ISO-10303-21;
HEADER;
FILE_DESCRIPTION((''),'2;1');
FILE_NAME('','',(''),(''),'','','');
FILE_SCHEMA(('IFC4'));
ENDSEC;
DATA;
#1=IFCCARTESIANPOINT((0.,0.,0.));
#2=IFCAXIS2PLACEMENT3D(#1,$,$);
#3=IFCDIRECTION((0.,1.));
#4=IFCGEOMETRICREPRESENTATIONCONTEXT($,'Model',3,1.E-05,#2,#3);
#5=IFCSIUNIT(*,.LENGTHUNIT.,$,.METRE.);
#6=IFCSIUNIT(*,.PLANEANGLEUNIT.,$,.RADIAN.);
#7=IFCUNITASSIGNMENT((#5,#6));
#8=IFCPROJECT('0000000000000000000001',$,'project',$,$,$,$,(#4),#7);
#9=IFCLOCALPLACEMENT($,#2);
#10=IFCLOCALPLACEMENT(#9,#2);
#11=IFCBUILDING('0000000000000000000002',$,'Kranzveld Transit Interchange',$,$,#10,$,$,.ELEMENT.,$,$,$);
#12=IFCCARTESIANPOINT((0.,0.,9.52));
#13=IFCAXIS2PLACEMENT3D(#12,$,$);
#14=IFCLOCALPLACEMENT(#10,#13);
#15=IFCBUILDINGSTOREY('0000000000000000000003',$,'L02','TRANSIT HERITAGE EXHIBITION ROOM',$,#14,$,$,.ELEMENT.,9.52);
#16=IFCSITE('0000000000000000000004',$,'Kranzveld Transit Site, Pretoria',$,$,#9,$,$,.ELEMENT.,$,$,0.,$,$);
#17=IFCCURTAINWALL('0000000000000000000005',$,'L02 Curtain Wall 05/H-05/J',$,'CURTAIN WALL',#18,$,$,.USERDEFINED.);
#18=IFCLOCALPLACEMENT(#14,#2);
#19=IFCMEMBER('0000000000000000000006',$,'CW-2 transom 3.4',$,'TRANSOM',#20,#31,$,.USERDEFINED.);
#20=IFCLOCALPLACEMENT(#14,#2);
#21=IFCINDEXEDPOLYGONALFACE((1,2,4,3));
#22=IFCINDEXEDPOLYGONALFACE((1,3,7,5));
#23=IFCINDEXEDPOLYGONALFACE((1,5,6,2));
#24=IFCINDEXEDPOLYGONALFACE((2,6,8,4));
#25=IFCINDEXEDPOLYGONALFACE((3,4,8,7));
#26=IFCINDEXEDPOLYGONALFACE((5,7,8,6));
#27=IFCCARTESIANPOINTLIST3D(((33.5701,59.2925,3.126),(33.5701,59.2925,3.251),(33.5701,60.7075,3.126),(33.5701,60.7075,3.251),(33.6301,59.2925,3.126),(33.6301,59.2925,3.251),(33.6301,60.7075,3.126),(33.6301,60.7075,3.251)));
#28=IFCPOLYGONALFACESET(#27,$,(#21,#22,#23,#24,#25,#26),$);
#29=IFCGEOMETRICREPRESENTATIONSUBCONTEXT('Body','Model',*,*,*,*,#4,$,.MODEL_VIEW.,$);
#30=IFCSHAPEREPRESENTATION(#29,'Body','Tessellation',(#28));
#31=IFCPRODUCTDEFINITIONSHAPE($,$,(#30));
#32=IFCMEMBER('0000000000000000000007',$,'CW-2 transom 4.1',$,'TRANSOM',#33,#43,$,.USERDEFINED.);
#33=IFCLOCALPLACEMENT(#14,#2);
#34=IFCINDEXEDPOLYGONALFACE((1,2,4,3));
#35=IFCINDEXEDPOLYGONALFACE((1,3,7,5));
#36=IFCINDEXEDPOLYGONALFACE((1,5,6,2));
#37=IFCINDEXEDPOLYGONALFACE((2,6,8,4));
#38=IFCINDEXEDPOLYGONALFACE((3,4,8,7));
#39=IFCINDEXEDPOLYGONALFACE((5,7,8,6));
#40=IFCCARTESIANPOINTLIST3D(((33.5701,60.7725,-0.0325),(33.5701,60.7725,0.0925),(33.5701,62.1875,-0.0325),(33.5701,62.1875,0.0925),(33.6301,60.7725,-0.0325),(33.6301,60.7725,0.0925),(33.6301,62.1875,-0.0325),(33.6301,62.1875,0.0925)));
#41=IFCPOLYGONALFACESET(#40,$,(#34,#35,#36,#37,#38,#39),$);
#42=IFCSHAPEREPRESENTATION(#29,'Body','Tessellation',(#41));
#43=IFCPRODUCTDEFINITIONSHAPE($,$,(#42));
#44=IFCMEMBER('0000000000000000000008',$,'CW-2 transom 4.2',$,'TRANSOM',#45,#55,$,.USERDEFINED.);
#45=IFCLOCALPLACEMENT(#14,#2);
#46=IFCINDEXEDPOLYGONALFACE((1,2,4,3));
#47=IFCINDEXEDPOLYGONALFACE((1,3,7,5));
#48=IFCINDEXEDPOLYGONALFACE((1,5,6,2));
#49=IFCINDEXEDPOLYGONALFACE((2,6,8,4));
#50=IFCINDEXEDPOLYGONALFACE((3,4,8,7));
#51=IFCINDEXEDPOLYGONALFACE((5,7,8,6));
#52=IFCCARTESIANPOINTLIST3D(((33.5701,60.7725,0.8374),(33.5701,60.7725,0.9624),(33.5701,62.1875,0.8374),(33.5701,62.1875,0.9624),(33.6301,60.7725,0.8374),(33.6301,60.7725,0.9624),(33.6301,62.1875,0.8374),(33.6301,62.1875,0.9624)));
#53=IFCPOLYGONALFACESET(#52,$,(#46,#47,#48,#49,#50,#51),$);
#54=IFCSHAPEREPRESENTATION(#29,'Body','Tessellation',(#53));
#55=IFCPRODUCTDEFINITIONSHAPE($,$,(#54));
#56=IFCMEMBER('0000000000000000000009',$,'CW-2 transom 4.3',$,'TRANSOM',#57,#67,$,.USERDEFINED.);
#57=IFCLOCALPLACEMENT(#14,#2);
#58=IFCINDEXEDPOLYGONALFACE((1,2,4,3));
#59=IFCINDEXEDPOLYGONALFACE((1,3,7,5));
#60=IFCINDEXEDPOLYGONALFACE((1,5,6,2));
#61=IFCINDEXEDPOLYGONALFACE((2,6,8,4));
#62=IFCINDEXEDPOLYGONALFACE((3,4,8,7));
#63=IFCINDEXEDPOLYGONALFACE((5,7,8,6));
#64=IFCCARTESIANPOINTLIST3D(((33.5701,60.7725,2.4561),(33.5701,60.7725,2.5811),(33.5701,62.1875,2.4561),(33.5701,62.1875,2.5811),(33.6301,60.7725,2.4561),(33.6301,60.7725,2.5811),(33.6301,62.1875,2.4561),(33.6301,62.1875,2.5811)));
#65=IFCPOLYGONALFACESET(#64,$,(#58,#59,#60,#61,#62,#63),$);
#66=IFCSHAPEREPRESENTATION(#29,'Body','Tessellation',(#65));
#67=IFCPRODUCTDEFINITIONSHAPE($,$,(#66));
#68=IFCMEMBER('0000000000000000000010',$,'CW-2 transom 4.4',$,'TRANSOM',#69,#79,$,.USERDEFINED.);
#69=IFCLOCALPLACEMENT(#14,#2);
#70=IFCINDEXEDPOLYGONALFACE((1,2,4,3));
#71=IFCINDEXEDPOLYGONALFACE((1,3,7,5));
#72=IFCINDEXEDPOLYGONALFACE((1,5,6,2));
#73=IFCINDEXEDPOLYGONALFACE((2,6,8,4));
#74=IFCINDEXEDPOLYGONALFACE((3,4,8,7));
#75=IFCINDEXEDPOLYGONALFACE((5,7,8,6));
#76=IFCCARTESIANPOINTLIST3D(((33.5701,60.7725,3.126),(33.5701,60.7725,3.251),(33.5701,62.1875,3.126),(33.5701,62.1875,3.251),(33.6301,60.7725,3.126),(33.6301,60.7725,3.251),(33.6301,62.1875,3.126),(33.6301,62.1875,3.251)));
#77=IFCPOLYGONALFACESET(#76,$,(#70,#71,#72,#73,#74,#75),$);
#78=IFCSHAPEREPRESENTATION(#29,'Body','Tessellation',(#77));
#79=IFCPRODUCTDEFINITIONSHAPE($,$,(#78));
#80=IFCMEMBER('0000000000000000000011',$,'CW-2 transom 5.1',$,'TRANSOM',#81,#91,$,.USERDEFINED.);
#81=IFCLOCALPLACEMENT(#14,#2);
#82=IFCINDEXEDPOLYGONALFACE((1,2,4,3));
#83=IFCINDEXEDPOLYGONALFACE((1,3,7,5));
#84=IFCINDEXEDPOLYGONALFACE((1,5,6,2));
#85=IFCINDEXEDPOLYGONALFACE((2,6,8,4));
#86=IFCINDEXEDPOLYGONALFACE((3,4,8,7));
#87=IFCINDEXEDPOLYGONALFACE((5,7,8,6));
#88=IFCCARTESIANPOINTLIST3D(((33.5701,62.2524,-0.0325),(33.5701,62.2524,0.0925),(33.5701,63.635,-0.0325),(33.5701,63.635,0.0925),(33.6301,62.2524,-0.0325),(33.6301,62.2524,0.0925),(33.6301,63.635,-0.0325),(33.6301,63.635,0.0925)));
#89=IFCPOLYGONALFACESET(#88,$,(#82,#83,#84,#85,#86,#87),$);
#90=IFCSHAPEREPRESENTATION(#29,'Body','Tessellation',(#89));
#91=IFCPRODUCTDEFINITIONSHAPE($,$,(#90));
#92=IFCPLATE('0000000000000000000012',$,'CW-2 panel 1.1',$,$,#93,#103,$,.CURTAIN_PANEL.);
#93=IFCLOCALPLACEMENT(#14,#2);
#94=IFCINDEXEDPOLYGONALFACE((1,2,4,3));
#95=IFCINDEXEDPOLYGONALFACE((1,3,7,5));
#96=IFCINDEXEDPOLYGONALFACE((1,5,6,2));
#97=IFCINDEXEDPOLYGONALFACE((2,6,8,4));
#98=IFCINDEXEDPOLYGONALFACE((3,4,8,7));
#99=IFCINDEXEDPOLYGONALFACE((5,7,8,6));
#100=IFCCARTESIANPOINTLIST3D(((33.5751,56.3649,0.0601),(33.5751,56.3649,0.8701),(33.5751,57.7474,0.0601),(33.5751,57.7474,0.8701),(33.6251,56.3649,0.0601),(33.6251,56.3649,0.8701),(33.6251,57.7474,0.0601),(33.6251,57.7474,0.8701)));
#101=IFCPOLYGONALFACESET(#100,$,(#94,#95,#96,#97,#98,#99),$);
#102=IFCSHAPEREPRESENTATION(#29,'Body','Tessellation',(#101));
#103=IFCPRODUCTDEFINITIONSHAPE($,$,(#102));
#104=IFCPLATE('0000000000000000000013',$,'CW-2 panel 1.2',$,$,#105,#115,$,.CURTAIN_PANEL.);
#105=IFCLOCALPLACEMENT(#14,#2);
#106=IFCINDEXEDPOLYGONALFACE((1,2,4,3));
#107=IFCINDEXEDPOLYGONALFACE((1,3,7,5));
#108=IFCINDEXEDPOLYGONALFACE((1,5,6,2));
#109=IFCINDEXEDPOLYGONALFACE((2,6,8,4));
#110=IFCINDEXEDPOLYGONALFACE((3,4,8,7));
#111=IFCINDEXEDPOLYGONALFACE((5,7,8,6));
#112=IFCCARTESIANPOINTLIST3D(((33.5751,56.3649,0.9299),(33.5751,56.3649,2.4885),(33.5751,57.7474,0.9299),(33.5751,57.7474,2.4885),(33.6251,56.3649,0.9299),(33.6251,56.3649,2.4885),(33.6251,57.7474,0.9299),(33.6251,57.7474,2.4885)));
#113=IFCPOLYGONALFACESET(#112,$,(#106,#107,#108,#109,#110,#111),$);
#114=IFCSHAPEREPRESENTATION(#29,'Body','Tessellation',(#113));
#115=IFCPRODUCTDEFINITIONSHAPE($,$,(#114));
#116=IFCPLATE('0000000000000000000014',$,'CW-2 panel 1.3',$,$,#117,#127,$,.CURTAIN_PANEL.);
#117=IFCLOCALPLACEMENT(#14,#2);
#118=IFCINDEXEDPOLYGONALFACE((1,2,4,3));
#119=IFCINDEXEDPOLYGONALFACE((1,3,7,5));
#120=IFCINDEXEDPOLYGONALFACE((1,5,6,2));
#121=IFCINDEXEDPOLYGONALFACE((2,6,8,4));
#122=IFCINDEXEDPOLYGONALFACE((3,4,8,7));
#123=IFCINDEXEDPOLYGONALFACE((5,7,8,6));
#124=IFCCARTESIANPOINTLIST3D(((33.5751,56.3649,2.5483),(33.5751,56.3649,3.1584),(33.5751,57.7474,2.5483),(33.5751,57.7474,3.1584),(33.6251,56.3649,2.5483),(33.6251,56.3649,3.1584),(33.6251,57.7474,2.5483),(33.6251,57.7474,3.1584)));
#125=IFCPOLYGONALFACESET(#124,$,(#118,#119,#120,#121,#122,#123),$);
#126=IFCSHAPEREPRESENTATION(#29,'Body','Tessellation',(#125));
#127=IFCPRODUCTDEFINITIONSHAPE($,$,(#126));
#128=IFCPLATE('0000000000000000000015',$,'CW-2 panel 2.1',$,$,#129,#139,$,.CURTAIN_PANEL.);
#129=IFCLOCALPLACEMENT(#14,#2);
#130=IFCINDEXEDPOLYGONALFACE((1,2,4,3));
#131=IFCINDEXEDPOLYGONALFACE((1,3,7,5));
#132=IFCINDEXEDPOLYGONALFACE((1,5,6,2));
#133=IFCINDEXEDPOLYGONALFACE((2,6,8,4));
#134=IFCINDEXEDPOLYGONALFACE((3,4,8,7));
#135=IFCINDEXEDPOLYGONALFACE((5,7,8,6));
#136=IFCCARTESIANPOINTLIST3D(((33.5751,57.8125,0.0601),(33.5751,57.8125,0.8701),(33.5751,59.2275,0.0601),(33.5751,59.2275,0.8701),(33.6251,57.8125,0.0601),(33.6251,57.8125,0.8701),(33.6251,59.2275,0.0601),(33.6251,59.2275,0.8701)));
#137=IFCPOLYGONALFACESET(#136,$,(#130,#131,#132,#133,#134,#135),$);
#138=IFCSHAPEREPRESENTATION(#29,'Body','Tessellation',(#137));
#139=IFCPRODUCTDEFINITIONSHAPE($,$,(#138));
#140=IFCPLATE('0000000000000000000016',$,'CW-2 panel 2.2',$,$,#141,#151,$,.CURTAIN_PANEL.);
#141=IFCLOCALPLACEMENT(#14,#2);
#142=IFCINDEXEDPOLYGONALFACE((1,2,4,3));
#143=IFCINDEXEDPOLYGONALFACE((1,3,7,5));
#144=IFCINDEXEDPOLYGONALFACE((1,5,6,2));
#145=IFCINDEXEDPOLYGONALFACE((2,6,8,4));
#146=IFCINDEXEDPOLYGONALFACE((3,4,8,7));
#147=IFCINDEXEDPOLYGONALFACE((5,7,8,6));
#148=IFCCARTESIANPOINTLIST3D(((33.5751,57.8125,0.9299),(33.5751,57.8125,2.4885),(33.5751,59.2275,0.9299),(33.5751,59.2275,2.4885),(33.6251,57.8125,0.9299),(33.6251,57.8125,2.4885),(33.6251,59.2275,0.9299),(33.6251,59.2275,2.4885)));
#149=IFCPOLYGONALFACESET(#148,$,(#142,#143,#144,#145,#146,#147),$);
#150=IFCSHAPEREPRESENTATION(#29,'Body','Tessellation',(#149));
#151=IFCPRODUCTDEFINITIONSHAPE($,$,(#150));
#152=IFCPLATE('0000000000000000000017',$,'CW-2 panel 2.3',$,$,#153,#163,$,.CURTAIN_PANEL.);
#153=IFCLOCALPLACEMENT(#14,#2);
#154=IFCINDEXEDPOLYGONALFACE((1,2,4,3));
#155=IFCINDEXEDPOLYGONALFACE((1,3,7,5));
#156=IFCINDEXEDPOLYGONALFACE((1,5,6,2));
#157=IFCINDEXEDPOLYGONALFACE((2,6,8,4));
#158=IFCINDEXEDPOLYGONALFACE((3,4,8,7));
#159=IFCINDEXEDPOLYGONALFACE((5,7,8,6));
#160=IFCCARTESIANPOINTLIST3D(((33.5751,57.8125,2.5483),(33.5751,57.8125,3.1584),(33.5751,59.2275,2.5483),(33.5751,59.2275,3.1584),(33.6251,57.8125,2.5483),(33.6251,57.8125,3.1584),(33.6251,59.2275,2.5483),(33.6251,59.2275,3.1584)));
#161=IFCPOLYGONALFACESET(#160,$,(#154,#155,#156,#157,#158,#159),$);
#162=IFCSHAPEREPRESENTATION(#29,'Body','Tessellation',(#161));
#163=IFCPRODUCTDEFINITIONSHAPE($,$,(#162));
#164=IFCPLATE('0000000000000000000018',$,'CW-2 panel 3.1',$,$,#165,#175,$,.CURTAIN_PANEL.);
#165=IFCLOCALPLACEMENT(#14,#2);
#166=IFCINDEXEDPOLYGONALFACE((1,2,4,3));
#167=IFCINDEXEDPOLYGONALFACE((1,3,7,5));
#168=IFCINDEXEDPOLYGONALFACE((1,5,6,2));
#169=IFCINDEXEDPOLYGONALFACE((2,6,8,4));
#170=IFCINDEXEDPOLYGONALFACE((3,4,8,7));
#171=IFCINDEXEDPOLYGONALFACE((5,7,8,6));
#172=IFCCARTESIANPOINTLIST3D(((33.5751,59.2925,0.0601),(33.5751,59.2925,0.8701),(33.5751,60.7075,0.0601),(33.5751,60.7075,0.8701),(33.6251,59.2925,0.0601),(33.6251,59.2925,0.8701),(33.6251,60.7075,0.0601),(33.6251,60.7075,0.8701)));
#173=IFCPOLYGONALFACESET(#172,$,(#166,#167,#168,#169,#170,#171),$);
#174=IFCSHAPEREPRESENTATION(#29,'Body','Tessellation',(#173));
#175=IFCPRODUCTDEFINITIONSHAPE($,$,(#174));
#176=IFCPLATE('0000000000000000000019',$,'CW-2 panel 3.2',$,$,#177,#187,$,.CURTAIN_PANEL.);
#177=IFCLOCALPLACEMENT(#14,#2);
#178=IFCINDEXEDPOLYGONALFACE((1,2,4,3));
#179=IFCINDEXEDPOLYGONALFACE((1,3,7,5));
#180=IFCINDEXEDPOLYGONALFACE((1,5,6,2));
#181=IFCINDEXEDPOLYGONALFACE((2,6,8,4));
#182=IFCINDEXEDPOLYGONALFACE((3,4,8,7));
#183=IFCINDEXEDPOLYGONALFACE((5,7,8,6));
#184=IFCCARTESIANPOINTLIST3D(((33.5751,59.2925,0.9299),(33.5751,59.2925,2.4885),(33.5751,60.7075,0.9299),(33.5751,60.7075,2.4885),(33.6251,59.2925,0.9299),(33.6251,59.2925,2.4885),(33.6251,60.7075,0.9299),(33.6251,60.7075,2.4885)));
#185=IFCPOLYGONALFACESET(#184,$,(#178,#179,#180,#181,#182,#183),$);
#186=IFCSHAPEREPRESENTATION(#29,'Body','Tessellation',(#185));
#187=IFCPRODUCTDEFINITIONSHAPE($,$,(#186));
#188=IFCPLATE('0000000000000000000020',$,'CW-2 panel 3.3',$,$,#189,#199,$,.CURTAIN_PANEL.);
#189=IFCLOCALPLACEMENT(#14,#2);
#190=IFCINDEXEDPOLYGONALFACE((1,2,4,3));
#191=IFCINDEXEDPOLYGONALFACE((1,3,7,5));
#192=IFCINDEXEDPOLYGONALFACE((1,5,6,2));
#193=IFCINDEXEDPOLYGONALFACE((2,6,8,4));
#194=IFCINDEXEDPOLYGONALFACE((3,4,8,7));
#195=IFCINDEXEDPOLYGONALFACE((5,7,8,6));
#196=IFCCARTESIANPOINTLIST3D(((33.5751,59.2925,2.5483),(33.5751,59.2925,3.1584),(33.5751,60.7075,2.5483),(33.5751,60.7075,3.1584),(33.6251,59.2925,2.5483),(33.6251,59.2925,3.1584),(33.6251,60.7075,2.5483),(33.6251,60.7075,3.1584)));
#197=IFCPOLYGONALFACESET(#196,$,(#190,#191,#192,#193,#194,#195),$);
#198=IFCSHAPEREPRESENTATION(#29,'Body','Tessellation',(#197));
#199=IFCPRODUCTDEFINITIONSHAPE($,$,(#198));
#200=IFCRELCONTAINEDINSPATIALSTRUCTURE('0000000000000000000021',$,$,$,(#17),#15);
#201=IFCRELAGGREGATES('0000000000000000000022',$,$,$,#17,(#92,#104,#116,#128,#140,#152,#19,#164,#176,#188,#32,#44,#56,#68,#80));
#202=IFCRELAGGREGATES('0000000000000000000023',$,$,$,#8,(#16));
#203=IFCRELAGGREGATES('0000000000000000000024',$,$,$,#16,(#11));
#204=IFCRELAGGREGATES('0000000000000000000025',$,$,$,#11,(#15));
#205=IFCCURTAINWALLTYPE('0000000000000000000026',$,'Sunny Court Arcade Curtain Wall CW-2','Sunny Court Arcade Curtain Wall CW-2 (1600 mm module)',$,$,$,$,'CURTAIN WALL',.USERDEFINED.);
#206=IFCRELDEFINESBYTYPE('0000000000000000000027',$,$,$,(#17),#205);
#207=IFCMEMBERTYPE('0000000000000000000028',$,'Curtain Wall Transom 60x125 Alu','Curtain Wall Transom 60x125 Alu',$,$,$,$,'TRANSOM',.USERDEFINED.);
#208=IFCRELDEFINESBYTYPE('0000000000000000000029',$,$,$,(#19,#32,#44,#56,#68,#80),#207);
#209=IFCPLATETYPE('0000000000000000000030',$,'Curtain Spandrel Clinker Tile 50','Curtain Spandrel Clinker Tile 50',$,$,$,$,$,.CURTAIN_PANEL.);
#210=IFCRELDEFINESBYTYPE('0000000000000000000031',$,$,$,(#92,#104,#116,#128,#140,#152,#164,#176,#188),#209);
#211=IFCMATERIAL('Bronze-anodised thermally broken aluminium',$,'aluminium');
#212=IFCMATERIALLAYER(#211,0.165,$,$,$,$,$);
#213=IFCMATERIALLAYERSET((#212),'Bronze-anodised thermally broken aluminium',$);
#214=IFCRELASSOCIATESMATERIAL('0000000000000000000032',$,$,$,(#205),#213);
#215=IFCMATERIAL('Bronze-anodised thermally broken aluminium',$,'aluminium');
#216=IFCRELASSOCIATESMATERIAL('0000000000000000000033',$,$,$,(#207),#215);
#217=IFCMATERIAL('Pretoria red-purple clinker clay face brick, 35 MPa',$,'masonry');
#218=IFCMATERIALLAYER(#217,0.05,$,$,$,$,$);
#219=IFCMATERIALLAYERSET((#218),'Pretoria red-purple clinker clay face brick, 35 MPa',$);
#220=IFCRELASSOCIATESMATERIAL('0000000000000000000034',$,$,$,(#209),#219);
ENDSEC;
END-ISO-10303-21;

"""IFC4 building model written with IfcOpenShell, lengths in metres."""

from ifc_helpers import new_model, si_unit, direction, frame, origin, origin_2d, place, context, subcontext, project, spatial, rectangle, extrude, material, layer, layer_set, material_profile, profile_set, type_object, element, aggregate, save


model = new_model("IFC4")

# Units and contexts
model_context = context("Model", 3, precision=1e-05, world=origin(), true_north=direction((0.0, 1.0)))
body_context = subcontext(model_context, "Body", "Model", "MODEL_VIEW")
ifc_project = project(units=[si_unit("LENGTHUNIT", "METRE"), si_unit("PLANEANGLEUNIT", "RADIAN")], contexts=[model_context])

# Site, building, storey
site_placement = place(None, origin())
site = spatial("IfcSite", under=ifc_project, at=site_placement, Name="Kranzveld Transit Site, Pretoria", CompositionType="ELEMENT", RefElevation=0.0)
building_placement = place(site_placement, origin())
building = spatial("IfcBuilding", under=site, at=building_placement, Name="Kranzveld Transit Interchange", CompositionType="ELEMENT")
storey_placement = place(building_placement, frame((0.0, 0.0, 9.52)))
storey = spatial("IfcBuildingStorey", under=building, at=storey_placement, Name="L02", Description="TRANSIT HERITAGE EXHIBITION ROOM", CompositionType="ELEMENT", Elevation=9.52)

# Curtain wall, members, plates
ifc_material_1 = material(Name="Bronze-anodised thermally broken aluminium", Category="aluminium")
ifc_layer_1 = layer(ifc_material_1, 0.165)
ifc_layer_set_1 = layer_set([ifc_layer_1], Name="Bronze-anodised thermally broken aluminium")
curtain_wall_type = type_object("IfcCurtainWallType", Name="Sunny Court Arcade Curtain Wall CW-2", Description="Sunny Court Arcade Curtain Wall CW-2 (1600 mm module)", ElementType="CURTAIN WALL", PredefinedType="USERDEFINED", material=ifc_layer_set_1)
curtain_wall_placement = place(storey_placement, origin())
curtain_wall = element("IfcCurtainWall", 1, at=curtain_wall_placement, inside=storey, type_object=curtain_wall_type, Name="L02 Curtain Wall 05/H-05/J", ObjectType="CURTAIN WALL", PredefinedType="USERDEFINED")
ifc_material_2 = material(Name="Bronze-anodised thermally broken aluminium", Category="aluminium")
ifc_material_profile_1 = material_profile(ifc_material_2, rectangle(XDim=0.0601, YDim=0.125, at=origin_2d()), Name="ALU TRANSOM 60x125")
ifc_profile_set_1 = profile_set([ifc_material_profile_1], Name="Bronze-anodised thermally broken aluminium")
member_type_1 = type_object("IfcMemberType", Name="Curtain Wall Transom 60x125 Alu", Description="Curtain Wall Transom 60x125 Alu", ElementType="TRANSOM", PredefinedType="USERDEFINED", material=ifc_profile_set_1)
member_1_placement = place(storey_placement, frame((33.6001, 59.2925, 3.1885), z_axis=(0.0, 1.0, 0.0), x_axis=(-1.0, 0.0, 0.0)))
member_1 = element("IfcMember", 2, at=member_1_placement, type_object=member_type_1, Name="CW-2 transom 3.4", ObjectType="TRANSOM", PredefinedType="USERDEFINED", context=body_context, shape_type="SweptSolid", body=[
    extrude(rectangle(XDim=0.0601, YDim=0.125, at=origin_2d()), origin(), (0.0, 0.0, 1.0), 1.415),
])
member_2_placement = place(storey_placement, frame((33.6001, 60.7725, 0.03), z_axis=(0.0, 1.0, 0.0), x_axis=(-1.0, 0.0, 0.0)))
member_2 = element("IfcMember", 3, at=member_2_placement, type_object=member_type_1, Name="CW-2 transom 4.1", ObjectType="TRANSOM", PredefinedType="USERDEFINED", context=body_context, shape_type="SweptSolid", body=[
    extrude(rectangle(XDim=0.0601, YDim=0.125, at=origin_2d()), origin(), (0.0, 0.0, 1.0), 1.415),
])
member_3_placement = place(storey_placement, frame((33.6001, 60.7725, 0.8999), z_axis=(0.0, 1.0, 0.0), x_axis=(-1.0, 0.0, 0.0)))
member_3 = element("IfcMember", 4, at=member_3_placement, type_object=member_type_1, Name="CW-2 transom 4.2", ObjectType="TRANSOM", PredefinedType="USERDEFINED", context=body_context, shape_type="SweptSolid", body=[
    extrude(rectangle(XDim=0.0601, YDim=0.125, at=origin_2d()), origin(), (0.0, 0.0, 1.0), 1.415),
])
member_4_placement = place(storey_placement, frame((33.6001, 60.7725, 2.5186), z_axis=(0.0, 1.0, 0.0), x_axis=(-1.0, 0.0, 0.0)))
member_4 = element("IfcMember", 5, at=member_4_placement, type_object=member_type_1, Name="CW-2 transom 4.3", ObjectType="TRANSOM", PredefinedType="USERDEFINED", context=body_context, shape_type="SweptSolid", body=[
    extrude(rectangle(XDim=0.0601, YDim=0.125, at=origin_2d()), origin(), (0.0, 0.0, 1.0), 1.415),
])
member_5_placement = place(storey_placement, frame((33.6001, 60.7725, 3.1885), z_axis=(0.0, 1.0, 0.0), x_axis=(-1.0, 0.0, 0.0)))
member_5 = element("IfcMember", 6, at=member_5_placement, type_object=member_type_1, Name="CW-2 transom 4.4", ObjectType="TRANSOM", PredefinedType="USERDEFINED", context=body_context, shape_type="SweptSolid", body=[
    extrude(rectangle(XDim=0.0601, YDim=0.125, at=origin_2d()), origin(), (0.0, 0.0, 1.0), 1.415),
])
member_6_placement = place(storey_placement, frame((33.6001, 62.2524, 0.03), z_axis=(0.0, 1.0, 0.0), x_axis=(-1.0, 0.0, 0.0)))
member_6 = element("IfcMember", 7, at=member_6_placement, type_object=member_type_1, Name="CW-2 transom 5.1", ObjectType="TRANSOM", PredefinedType="USERDEFINED", context=body_context, shape_type="SweptSolid", body=[
    extrude(rectangle(XDim=0.0601, YDim=0.125, at=origin_2d()), origin(), (0.0, 0.0, 1.0), 1.3826),
])
ifc_material_3 = material(Name="Pretoria red-purple clinker clay face brick, 35 MPa", Category="masonry")
ifc_layer_2 = layer(ifc_material_3, 0.05)
ifc_layer_set_2 = layer_set([ifc_layer_2], Name="Pretoria red-purple clinker clay face brick, 35 MPa")
plate_type = type_object("IfcPlateType", Name="Curtain Spandrel Clinker Tile 50", Description="Curtain Spandrel Clinker Tile 50", PredefinedType="CURTAIN_PANEL", material=ifc_layer_set_2)
plate_1_placement = place(storey_placement, frame((33.6001, 57.0562, 0.0601), z_axis=(0.0, 0.0, 1.0), x_axis=(0.0, 1.0, 0.0)))
plate_1 = element("IfcPlate", 8, at=plate_1_placement, type_object=plate_type, Name="CW-2 panel 1.1", PredefinedType="CURTAIN_PANEL", context=body_context, shape_type="SweptSolid", body=[
    extrude(rectangle(XDim=1.3826, YDim=0.05, at=origin_2d()), origin(), (0.0, 0.0, 1.0), 0.8101),
])
plate_2_placement = place(storey_placement, frame((33.6001, 57.0562, 0.9299), z_axis=(0.0, 0.0, 1.0), x_axis=(0.0, 1.0, 0.0)))
plate_2 = element("IfcPlate", 9, at=plate_2_placement, type_object=plate_type, Name="CW-2 panel 1.2", PredefinedType="CURTAIN_PANEL", context=body_context, shape_type="SweptSolid", body=[
    extrude(rectangle(XDim=1.3826, YDim=0.05, at=origin_2d()), origin(), (0.0, 0.0, 1.0), 1.5586),
])
plate_3_placement = place(storey_placement, frame((33.6001, 57.0562, 2.5483), z_axis=(0.0, 0.0, 1.0), x_axis=(0.0, 1.0, 0.0)))
plate_3 = element("IfcPlate", 10, at=plate_3_placement, type_object=plate_type, Name="CW-2 panel 1.3", PredefinedType="CURTAIN_PANEL", context=body_context, shape_type="SweptSolid", body=[
    extrude(rectangle(XDim=1.3826, YDim=0.05, at=origin_2d()), origin(), (0.0, 0.0, 1.0), 0.6101),
])
plate_4_placement = place(storey_placement, frame((33.6001, 58.52, 0.0601), z_axis=(0.0, 0.0, 1.0), x_axis=(0.0, 1.0, 0.0)))
plate_4 = element("IfcPlate", 11, at=plate_4_placement, type_object=plate_type, Name="CW-2 panel 2.1", PredefinedType="CURTAIN_PANEL", context=body_context, shape_type="SweptSolid", body=[
    extrude(rectangle(XDim=1.415, YDim=0.05, at=origin_2d()), origin(), (0.0, 0.0, 1.0), 0.8101),
])
plate_5_placement = place(storey_placement, frame((33.6001, 58.52, 0.9299), z_axis=(0.0, 0.0, 1.0), x_axis=(0.0, 1.0, 0.0)))
plate_5 = element("IfcPlate", 12, at=plate_5_placement, type_object=plate_type, Name="CW-2 panel 2.2", PredefinedType="CURTAIN_PANEL", context=body_context, shape_type="SweptSolid", body=[
    extrude(rectangle(XDim=1.415, YDim=0.05, at=origin_2d()), origin(), (0.0, 0.0, 1.0), 1.5586),
])
plate_6_placement = place(storey_placement, frame((33.6001, 58.52, 2.5483), z_axis=(0.0, 0.0, 1.0), x_axis=(0.0, 1.0, 0.0)))
plate_6 = element("IfcPlate", 13, at=plate_6_placement, type_object=plate_type, Name="CW-2 panel 2.3", PredefinedType="CURTAIN_PANEL", context=body_context, shape_type="SweptSolid", body=[
    extrude(rectangle(XDim=1.415, YDim=0.05, at=origin_2d()), origin(), (0.0, 0.0, 1.0), 0.6101),
])
plate_7_placement = place(storey_placement, frame((33.6001, 60.0, 0.0601), z_axis=(0.0, 0.0, 1.0), x_axis=(0.0, 1.0, 0.0)))
plate_7 = element("IfcPlate", 14, at=plate_7_placement, type_object=plate_type, Name="CW-2 panel 3.1", PredefinedType="CURTAIN_PANEL", context=body_context, shape_type="SweptSolid", body=[
    extrude(rectangle(XDim=1.415, YDim=0.05, at=origin_2d()), origin(), (0.0, 0.0, 1.0), 0.8101),
])
plate_8_placement = place(storey_placement, frame((33.6001, 60.0, 0.9299), z_axis=(0.0, 0.0, 1.0), x_axis=(0.0, 1.0, 0.0)))
plate_8 = element("IfcPlate", 15, at=plate_8_placement, type_object=plate_type, Name="CW-2 panel 3.2", PredefinedType="CURTAIN_PANEL", context=body_context, shape_type="SweptSolid", body=[
    extrude(rectangle(XDim=1.415, YDim=0.05, at=origin_2d()), origin(), (0.0, 0.0, 1.0), 1.5586),
])
plate_9_placement = place(storey_placement, frame((33.6001, 60.0, 2.5483), z_axis=(0.0, 0.0, 1.0), x_axis=(0.0, 1.0, 0.0)))
plate_9 = element("IfcPlate", 16, at=plate_9_placement, type_object=plate_type, Name="CW-2 panel 3.3", PredefinedType="CURTAIN_PANEL", context=body_context, shape_type="SweptSolid", body=[
    extrude(rectangle(XDim=1.415, YDim=0.05, at=origin_2d()), origin(), (0.0, 0.0, 1.0), 0.6101),
])
aggregate(curtain_wall, [plate_1, plate_2, plate_3, plate_4, plate_5, plate_6, member_1, plate_7, plate_8, plate_9, member_2, member_3, member_4, member_5, member_6])

save(model, "model.ifc")
